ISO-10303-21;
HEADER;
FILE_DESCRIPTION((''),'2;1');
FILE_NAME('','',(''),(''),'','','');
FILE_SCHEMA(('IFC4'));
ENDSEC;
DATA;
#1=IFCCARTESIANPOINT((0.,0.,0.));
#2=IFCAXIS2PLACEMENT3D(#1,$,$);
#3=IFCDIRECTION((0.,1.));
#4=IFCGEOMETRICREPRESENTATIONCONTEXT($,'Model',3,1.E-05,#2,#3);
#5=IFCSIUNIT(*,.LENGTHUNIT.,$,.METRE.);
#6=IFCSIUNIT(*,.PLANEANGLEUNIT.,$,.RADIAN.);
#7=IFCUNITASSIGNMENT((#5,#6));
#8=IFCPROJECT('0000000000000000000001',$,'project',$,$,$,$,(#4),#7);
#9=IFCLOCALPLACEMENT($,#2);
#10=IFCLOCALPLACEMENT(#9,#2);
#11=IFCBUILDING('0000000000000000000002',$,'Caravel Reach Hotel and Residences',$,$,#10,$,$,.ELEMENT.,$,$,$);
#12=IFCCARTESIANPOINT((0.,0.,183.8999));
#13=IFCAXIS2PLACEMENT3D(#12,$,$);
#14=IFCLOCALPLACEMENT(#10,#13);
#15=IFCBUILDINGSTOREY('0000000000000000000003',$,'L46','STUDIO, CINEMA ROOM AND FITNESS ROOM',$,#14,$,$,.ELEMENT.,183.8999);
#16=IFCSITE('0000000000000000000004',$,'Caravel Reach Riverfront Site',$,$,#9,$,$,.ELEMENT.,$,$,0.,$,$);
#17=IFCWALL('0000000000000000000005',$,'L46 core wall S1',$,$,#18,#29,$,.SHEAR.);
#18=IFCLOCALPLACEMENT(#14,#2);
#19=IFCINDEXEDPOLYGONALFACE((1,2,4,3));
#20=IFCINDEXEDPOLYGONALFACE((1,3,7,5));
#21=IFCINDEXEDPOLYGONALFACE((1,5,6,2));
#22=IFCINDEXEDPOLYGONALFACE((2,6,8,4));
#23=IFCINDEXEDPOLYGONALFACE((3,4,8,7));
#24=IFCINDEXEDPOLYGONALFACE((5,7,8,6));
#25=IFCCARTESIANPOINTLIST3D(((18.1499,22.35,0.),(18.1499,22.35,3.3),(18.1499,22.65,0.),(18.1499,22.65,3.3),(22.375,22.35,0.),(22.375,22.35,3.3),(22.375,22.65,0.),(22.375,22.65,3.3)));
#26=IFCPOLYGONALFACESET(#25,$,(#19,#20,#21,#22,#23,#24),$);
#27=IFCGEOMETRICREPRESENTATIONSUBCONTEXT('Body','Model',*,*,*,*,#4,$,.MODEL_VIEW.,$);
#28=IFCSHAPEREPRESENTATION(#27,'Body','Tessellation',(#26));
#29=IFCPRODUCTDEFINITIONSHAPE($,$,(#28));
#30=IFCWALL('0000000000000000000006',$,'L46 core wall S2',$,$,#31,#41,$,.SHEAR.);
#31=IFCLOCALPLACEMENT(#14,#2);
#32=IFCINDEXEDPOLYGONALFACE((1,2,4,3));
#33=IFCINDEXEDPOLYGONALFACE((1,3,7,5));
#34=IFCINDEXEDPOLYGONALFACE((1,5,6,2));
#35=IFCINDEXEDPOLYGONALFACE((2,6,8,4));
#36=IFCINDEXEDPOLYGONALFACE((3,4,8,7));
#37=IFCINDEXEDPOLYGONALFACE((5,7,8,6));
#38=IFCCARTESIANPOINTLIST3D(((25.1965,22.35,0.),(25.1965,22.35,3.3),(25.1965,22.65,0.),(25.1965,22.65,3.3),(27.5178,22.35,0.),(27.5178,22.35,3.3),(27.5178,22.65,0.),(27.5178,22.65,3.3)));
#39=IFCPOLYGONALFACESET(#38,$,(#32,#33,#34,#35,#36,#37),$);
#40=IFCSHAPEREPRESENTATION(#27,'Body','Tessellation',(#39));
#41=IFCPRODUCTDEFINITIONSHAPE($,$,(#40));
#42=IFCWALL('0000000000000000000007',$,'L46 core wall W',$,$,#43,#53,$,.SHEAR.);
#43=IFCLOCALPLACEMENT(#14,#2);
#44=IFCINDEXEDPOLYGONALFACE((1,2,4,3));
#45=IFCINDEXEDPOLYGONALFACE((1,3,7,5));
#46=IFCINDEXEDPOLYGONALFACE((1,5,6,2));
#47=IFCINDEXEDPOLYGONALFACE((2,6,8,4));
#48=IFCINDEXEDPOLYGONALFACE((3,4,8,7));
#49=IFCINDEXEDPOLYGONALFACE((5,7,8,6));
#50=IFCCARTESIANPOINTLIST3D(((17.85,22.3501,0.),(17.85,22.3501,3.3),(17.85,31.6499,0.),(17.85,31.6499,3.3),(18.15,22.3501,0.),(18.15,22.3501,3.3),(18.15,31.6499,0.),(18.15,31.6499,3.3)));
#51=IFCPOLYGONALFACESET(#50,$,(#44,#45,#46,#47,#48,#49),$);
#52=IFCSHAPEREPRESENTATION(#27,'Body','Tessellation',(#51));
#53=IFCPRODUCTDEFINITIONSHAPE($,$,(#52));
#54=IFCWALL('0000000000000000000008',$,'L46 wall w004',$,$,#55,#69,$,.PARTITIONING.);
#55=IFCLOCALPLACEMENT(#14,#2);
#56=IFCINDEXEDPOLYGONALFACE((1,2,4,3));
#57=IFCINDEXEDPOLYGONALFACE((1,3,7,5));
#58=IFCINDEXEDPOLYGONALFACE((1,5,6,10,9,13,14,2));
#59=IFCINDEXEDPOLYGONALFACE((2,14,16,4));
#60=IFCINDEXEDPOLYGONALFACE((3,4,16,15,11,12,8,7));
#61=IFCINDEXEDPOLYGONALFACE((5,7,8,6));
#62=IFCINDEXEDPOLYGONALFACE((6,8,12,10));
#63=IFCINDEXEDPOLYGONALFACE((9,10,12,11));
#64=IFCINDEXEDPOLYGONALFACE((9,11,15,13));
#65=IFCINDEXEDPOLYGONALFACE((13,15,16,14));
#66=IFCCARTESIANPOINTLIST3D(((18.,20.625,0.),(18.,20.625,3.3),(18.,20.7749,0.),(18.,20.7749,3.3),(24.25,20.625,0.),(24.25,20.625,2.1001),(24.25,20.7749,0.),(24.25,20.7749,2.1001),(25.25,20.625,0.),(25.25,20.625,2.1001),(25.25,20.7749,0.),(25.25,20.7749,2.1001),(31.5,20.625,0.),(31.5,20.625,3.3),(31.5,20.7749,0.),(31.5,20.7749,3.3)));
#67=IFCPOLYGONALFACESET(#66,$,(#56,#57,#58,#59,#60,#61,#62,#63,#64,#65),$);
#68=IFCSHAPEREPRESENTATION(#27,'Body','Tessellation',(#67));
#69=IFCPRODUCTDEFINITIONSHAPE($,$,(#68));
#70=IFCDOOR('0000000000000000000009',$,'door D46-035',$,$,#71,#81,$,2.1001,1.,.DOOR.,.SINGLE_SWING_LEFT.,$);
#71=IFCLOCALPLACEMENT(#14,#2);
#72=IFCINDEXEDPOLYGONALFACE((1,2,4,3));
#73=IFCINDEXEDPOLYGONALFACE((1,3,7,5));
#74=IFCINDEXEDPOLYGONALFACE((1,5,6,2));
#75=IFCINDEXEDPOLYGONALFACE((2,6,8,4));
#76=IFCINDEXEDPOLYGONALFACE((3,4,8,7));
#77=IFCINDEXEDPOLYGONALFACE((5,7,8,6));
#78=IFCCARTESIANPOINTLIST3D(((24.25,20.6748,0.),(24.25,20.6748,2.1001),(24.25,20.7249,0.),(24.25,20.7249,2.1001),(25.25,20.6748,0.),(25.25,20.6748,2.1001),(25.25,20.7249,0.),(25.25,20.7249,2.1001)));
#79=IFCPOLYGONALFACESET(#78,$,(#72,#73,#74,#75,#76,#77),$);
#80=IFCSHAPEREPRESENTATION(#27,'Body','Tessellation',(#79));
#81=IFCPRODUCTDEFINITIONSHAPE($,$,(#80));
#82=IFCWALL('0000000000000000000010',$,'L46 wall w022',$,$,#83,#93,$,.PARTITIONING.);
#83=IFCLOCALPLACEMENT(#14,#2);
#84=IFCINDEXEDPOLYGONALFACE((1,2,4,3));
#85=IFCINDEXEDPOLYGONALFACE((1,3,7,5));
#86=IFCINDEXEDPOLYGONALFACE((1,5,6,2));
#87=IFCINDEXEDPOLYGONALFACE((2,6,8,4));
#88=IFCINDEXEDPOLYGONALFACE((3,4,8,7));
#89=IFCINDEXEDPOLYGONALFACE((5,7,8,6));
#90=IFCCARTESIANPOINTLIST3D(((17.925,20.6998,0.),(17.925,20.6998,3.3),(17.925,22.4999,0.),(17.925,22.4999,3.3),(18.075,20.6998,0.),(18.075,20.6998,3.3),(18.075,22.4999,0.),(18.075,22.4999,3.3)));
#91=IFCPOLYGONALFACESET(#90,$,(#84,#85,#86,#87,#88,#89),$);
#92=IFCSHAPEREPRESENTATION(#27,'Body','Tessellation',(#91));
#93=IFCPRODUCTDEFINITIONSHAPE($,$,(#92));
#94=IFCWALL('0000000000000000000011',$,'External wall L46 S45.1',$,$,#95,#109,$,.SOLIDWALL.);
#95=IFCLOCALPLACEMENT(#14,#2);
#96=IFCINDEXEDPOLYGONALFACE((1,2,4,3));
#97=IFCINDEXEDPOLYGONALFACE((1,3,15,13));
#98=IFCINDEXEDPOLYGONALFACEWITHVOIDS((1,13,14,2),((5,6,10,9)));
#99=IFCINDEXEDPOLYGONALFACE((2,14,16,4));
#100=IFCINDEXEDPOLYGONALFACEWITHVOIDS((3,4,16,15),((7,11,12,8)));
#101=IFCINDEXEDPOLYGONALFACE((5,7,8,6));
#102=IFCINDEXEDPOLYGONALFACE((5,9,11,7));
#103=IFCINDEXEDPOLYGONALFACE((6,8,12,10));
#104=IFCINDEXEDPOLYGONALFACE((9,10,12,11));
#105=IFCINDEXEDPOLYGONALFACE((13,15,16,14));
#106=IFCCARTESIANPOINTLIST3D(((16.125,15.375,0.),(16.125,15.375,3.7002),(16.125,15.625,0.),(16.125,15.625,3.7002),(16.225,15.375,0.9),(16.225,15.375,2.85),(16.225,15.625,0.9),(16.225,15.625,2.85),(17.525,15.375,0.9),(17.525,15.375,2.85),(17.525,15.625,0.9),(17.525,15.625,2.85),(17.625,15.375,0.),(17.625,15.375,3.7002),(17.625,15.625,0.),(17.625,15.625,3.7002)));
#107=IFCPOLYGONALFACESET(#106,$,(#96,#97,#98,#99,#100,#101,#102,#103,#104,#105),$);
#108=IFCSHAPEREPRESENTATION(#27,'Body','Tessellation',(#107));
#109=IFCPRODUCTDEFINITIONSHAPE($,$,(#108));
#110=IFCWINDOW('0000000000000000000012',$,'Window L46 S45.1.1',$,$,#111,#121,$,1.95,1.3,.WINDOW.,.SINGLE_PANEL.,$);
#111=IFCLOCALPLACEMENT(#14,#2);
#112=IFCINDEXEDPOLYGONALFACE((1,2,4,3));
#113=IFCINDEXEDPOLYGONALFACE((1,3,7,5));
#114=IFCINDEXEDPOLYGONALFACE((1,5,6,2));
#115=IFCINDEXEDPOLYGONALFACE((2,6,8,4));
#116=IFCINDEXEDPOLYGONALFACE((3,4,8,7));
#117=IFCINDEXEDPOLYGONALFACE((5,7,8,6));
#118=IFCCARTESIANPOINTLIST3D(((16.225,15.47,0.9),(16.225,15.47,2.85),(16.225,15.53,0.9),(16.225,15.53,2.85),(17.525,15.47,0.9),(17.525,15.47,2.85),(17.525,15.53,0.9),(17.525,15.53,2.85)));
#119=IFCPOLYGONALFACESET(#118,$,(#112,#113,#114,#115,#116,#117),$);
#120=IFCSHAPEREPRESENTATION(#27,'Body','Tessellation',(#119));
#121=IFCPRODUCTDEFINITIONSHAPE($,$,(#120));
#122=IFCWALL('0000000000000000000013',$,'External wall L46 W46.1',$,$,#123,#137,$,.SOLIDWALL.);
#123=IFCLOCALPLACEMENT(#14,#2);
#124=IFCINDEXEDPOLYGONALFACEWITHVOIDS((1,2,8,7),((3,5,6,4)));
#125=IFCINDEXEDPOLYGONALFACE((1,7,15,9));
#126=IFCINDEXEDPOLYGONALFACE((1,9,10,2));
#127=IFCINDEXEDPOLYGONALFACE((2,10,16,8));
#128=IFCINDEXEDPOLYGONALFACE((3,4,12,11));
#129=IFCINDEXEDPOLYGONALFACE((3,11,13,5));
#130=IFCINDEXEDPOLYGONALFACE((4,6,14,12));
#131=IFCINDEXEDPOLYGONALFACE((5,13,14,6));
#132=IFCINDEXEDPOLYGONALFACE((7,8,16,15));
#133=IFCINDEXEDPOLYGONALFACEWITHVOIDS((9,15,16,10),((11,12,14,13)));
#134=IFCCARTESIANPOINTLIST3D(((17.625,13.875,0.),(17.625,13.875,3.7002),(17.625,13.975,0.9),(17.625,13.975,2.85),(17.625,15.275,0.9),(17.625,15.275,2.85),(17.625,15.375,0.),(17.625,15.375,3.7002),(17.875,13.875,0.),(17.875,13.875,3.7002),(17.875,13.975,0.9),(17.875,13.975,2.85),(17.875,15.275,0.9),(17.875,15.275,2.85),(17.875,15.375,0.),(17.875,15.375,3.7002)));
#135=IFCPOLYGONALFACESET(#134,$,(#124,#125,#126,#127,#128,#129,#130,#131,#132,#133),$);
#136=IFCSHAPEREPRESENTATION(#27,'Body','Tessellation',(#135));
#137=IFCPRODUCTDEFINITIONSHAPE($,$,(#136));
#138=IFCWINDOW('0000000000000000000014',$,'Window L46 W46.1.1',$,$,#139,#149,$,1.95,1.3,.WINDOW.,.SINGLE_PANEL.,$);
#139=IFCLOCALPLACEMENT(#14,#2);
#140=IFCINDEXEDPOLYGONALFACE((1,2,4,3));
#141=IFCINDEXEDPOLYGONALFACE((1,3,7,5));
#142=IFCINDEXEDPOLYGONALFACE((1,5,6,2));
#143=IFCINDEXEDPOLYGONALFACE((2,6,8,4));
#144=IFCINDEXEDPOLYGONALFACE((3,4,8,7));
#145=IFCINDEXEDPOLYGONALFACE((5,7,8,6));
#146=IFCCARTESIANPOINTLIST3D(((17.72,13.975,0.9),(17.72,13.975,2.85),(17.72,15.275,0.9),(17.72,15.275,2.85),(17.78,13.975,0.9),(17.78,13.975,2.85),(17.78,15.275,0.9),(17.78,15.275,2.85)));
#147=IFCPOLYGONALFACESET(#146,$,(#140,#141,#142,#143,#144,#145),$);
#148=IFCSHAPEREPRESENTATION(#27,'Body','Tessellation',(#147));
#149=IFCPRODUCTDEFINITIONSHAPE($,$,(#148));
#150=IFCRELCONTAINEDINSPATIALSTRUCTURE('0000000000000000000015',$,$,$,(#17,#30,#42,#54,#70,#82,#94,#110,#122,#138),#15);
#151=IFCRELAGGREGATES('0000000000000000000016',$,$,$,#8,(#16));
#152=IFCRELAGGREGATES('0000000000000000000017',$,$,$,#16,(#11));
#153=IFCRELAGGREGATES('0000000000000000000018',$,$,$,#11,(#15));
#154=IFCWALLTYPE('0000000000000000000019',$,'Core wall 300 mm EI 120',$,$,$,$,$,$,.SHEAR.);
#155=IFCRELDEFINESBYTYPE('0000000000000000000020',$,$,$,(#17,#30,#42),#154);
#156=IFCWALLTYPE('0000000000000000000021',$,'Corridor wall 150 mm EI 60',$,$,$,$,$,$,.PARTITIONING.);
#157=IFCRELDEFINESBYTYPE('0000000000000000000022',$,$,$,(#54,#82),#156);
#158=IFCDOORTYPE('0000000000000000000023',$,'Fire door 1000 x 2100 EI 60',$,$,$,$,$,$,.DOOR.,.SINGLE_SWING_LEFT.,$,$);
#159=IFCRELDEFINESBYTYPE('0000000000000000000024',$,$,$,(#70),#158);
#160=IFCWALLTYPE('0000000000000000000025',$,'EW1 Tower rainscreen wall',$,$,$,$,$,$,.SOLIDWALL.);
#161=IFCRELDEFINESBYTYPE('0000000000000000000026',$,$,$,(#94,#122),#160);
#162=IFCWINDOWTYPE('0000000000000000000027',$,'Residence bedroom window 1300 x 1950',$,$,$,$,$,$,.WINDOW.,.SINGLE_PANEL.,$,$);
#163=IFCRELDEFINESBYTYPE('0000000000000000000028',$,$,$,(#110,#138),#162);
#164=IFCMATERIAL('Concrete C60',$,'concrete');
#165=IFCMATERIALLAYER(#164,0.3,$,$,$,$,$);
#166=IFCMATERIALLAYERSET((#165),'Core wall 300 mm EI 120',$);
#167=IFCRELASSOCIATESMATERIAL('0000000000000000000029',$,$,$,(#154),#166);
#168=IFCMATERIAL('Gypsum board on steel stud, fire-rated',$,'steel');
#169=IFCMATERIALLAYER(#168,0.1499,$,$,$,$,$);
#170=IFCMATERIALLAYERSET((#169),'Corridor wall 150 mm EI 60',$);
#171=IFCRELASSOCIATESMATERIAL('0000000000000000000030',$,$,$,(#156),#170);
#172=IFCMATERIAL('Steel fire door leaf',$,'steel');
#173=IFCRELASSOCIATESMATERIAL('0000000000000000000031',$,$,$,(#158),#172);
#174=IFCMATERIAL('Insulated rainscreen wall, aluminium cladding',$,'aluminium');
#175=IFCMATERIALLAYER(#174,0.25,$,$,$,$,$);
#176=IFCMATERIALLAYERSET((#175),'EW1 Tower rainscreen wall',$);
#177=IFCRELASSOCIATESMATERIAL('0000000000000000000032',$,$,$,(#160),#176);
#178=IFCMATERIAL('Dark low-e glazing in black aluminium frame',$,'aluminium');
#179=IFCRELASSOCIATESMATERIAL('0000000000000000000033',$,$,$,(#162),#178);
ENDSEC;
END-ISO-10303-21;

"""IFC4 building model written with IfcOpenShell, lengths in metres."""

from ifc_helpers import new_model, si_unit, direction, frame, frame_2d, origin, place, context, subcontext, project, spatial, rectangle, extrude, material, layer, layer_set, type_object, element, fill, save


model = new_model("IFC4")

# Units and contexts
model_context = context("Model", 3, precision=1e-05, world=origin(), true_north=direction((0.0, 1.0)))
body_context = subcontext(model_context, "Body", "Model", "MODEL_VIEW")
ifc_project = project(units=[si_unit("LENGTHUNIT", "METRE"), si_unit("PLANEANGLEUNIT", "RADIAN")], contexts=[model_context])

# Site, building, storey
site_placement = place(None, origin())
site = spatial("IfcSite", under=ifc_project, at=site_placement, Name="Caravel Reach Riverfront Site", CompositionType="ELEMENT", RefElevation=0.0)
building_placement = place(site_placement, origin())
building = spatial("IfcBuilding", under=site, at=building_placement, Name="Caravel Reach Hotel and Residences", CompositionType="ELEMENT")
storey_placement = place(building_placement, frame((0.0, 0.0, 183.8999)))
storey = spatial("IfcBuildingStorey", under=building, at=storey_placement, Name="L46", Description="STUDIO, CINEMA ROOM AND FITNESS ROOM", CompositionType="ELEMENT", Elevation=183.8999)

# Walls
ifc_material_1 = material(Name="Concrete C60", Category="concrete")
ifc_layer_1 = layer(ifc_material_1, 0.3)
ifc_layer_set_1 = layer_set([ifc_layer_1], Name="Core wall 300 mm EI 120")
wall_type_1 = type_object("IfcWallType", Name="Core wall 300 mm EI 120", PredefinedType="SHEAR", material=ifc_layer_set_1)
wall_1_placement = place(storey_placement, frame((18.1499, 22.5, 0.0), z_axis=(0.0, 0.0, 1.0), x_axis=(1.0, 0.0, 0.0)))
element("IfcWall", 1, at=wall_1_placement, inside=storey, type_object=wall_type_1, Name="L46 core wall S1", PredefinedType="SHEAR", context=body_context, shape_type="SweptSolid", body=[
    extrude(rectangle(XDim=4.2251, YDim=0.3, at=frame_2d((2.1125, 0.0))), origin(), (0.0, 0.0, 1.0), 3.3),
])
wall_2_placement = place(storey_placement, frame((25.1965, 22.5, 0.0), z_axis=(0.0, 0.0, 1.0), x_axis=(1.0, 0.0, 0.0)))
element("IfcWall", 2, at=wall_2_placement, inside=storey, type_object=wall_type_1, Name="L46 core wall S2", PredefinedType="SHEAR", context=body_context, shape_type="SweptSolid", body=[
    extrude(rectangle(XDim=2.3213, YDim=0.3, at=frame_2d((1.1606, 0.0))), origin(), (0.0, 0.0, 1.0), 3.3),
])
wall_3_placement = place(storey_placement, frame((18.0, 22.3501, 0.0), z_axis=(0.0, 0.0, 1.0), x_axis=(0.0, 1.0, 0.0)))
element("IfcWall", 3, at=wall_3_placement, inside=storey, type_object=wall_type_1, Name="L46 core wall W", PredefinedType="SHEAR", context=body_context, shape_type="SweptSolid", body=[
    extrude(rectangle(XDim=9.2998, YDim=0.3, at=frame_2d((4.6499, 0.0))), origin(), (0.0, 0.0, 1.0), 3.3),
])

# Wall, opening, door
ifc_material_2 = material(Name="Gypsum board on steel stud, fire-rated", Category="steel")
ifc_layer_2 = layer(ifc_material_2, 0.1499)
ifc_layer_set_2 = layer_set([ifc_layer_2], Name="Corridor wall 150 mm EI 60")
wall_type_2 = type_object("IfcWallType", Name="Corridor wall 150 mm EI 60", PredefinedType="PARTITIONING", material=ifc_layer_set_2)
wall_4_placement = place(storey_placement, frame((18.0, 20.7, 0.0), z_axis=(0.0, 0.0, 1.0), x_axis=(1.0, 0.0, 0.0)))
wall_4 = element("IfcWall", 4, at=wall_4_placement, inside=storey, type_object=wall_type_2, Name="L46 wall w004", PredefinedType="PARTITIONING", context=body_context, shape_type="SweptSolid", body=[
    extrude(rectangle(XDim=13.5, YDim=0.1499, at=frame_2d((6.75, 0.0))), origin(), (0.0, 0.0, 1.0), 3.3),
])
opening_1_placement = place(wall_4_placement, frame((6.25, 0.0, 0.0)))
opening_1 = element("IfcOpeningElement", 5, at=opening_1_placement, cuts=wall_4, PredefinedType="OPENING", context=body_context, shape_type="SweptSolid", body=[
    extrude(rectangle(XDim=1.0, YDim=2.1001, at=frame_2d((0.5, 1.05))), frame((0.0, 0.085, 0.0), z_axis=(0.0, -1.0, 0.0), x_axis=(1.0, 0.0, 0.0)), (0.0, 0.0, 1.0), 0.1699),
])
ifc_material_3 = material(Name="Steel fire door leaf", Category="steel")
door_type_1 = type_object("IfcDoorType", Name="Fire door 1000 x 2100 EI 60", OperationType="SINGLE_SWING_LEFT", PredefinedType="DOOR", material=ifc_material_3)
door_1_placement = place(opening_1_placement, origin())
door_1 = element("IfcDoor", 6, at=door_1_placement, inside=storey, type_object=door_type_1, Name="door D46-035", OperationType="SINGLE_SWING_LEFT", OverallHeight=2.1001, OverallWidth=1.0, PredefinedType="DOOR", context=body_context, shape_type="SweptSolid", body=[
    extrude(rectangle(XDim=1.0, YDim=2.1001, at=frame_2d((0.5, 1.05))), frame((0.0, 0.0249, 0.0), z_axis=(0.0, -1.0, 0.0), x_axis=(1.0, 0.0, 0.0)), (0.0, 0.0, 1.0), 0.05),
])
fill(opening_1, door_1)

# Wall
wall_5_placement = place(storey_placement, frame((18.0, 20.7, 0.0), z_axis=(0.0, 0.0, 1.0), x_axis=(0.0, 1.0, 0.0)))
element("IfcWall", 7, at=wall_5_placement, inside=storey, type_object=wall_type_2, Name="L46 wall w022", PredefinedType="PARTITIONING", context=body_context, shape_type="SweptSolid", body=[
    extrude(rectangle(XDim=1.8, YDim=0.1499, at=frame_2d((0.8999, 0.0))), origin(), (0.0, 0.0, 1.0), 3.3),
])

# Walls, openings, windows
ifc_material_4 = material(Name="Insulated rainscreen wall, aluminium cladding", Category="aluminium")
ifc_layer_3 = layer(ifc_material_4, 0.25)
ifc_layer_set_3 = layer_set([ifc_layer_3], Name="EW1 Tower rainscreen wall")
wall_type_3 = type_object("IfcWallType", Name="EW1 Tower rainscreen wall", PredefinedType="SOLIDWALL", material=ifc_layer_set_3)
wall_6_placement = place(storey_placement, frame((16.125, 15.5, 0.0), z_axis=(0.0, 0.0, 1.0), x_axis=(1.0, 0.0, 0.0)))
wall_6 = element("IfcWall", 8, at=wall_6_placement, inside=storey, type_object=wall_type_3, Name="External wall L46 S45.1", PredefinedType="SOLIDWALL", context=body_context, shape_type="SweptSolid", body=[
    extrude(rectangle(XDim=1.5, YDim=0.25, at=frame_2d((0.75, 0.0))), origin(), (0.0, 0.0, 1.0), 3.7002),
])
opening_2_placement = place(wall_6_placement, frame((0.1001, 0.0, 0.8999)))
opening_2 = element("IfcOpeningElement", 9, at=opening_2_placement, cuts=wall_6, PredefinedType="OPENING", context=body_context, shape_type="SweptSolid", body=[
    extrude(rectangle(XDim=1.3, YDim=1.95, at=frame_2d((0.6499, 0.9751))), frame((0.0, 0.135, 0.0), z_axis=(0.0, -1.0, 0.0), x_axis=(1.0, 0.0, 0.0)), (0.0, 0.0, 1.0), 0.27),
])
ifc_material_5 = material(Name="Dark low-e glazing in black aluminium frame", Category="aluminium")
window_type_1 = type_object("IfcWindowType", Name="Residence bedroom window 1300 x 1950", PartitioningType="SINGLE_PANEL", PredefinedType="WINDOW", material=ifc_material_5)
window_1_placement = place(opening_2_placement, origin())
window_1 = element("IfcWindow", 10, at=window_1_placement, inside=storey, type_object=window_type_1, Name="Window L46 S45.1.1", OverallHeight=1.95, OverallWidth=1.3, PartitioningType="SINGLE_PANEL", PredefinedType="WINDOW", context=body_context, shape_type="SweptSolid", body=[
    extrude(rectangle(XDim=1.3, YDim=1.95, at=frame_2d((0.6499, 0.9751))), frame((0.0, 0.03, 0.0), z_axis=(0.0, -1.0, 0.0), x_axis=(1.0, 0.0, 0.0)), (0.0, 0.0, 1.0), 0.0601),
])
fill(opening_2, window_1)
wall_7_placement = place(storey_placement, frame((17.75, 15.375, 0.0), z_axis=(0.0, 0.0, 1.0), x_axis=(0.0, -1.0, 0.0)))
wall_7 = element("IfcWall", 11, at=wall_7_placement, inside=storey, type_object=wall_type_3, Name="External wall L46 W46.1", PredefinedType="SOLIDWALL", context=body_context, shape_type="SweptSolid", body=[
    extrude(rectangle(XDim=1.5, YDim=0.25, at=frame_2d((0.75, 0.0))), origin(), (0.0, 0.0, 1.0), 3.7002),
])
opening_3_placement = place(wall_7_placement, frame((0.1001, 0.0, 0.8999)))
opening_3 = element("IfcOpeningElement", 12, at=opening_3_placement, cuts=wall_7, PredefinedType="OPENING", context=body_context, shape_type="SweptSolid", body=[
    extrude(rectangle(XDim=1.3, YDim=1.95, at=frame_2d((0.6499, 0.9751))), frame((0.0, 0.135, 0.0), z_axis=(0.0, -1.0, 0.0), x_axis=(1.0, 0.0, 0.0)), (0.0, 0.0, 1.0), 0.27),
])
window_2_placement = place(opening_3_placement, origin())
window_2 = element("IfcWindow", 13, at=window_2_placement, inside=storey, type_object=window_type_1, Name="Window L46 W46.1.1", OverallHeight=1.95, OverallWidth=1.3, PartitioningType="SINGLE_PANEL", PredefinedType="WINDOW", context=body_context, shape_type="SweptSolid", body=[
    extrude(rectangle(XDim=1.3, YDim=1.95, at=frame_2d((0.6499, 0.9751))), frame((0.0, 0.03, 0.0), z_axis=(0.0, -1.0, 0.0), x_axis=(1.0, 0.0, 0.0)), (0.0, 0.0, 1.0), 0.0601),
])
fill(opening_3, window_2)

save(model, "model.ifc")
